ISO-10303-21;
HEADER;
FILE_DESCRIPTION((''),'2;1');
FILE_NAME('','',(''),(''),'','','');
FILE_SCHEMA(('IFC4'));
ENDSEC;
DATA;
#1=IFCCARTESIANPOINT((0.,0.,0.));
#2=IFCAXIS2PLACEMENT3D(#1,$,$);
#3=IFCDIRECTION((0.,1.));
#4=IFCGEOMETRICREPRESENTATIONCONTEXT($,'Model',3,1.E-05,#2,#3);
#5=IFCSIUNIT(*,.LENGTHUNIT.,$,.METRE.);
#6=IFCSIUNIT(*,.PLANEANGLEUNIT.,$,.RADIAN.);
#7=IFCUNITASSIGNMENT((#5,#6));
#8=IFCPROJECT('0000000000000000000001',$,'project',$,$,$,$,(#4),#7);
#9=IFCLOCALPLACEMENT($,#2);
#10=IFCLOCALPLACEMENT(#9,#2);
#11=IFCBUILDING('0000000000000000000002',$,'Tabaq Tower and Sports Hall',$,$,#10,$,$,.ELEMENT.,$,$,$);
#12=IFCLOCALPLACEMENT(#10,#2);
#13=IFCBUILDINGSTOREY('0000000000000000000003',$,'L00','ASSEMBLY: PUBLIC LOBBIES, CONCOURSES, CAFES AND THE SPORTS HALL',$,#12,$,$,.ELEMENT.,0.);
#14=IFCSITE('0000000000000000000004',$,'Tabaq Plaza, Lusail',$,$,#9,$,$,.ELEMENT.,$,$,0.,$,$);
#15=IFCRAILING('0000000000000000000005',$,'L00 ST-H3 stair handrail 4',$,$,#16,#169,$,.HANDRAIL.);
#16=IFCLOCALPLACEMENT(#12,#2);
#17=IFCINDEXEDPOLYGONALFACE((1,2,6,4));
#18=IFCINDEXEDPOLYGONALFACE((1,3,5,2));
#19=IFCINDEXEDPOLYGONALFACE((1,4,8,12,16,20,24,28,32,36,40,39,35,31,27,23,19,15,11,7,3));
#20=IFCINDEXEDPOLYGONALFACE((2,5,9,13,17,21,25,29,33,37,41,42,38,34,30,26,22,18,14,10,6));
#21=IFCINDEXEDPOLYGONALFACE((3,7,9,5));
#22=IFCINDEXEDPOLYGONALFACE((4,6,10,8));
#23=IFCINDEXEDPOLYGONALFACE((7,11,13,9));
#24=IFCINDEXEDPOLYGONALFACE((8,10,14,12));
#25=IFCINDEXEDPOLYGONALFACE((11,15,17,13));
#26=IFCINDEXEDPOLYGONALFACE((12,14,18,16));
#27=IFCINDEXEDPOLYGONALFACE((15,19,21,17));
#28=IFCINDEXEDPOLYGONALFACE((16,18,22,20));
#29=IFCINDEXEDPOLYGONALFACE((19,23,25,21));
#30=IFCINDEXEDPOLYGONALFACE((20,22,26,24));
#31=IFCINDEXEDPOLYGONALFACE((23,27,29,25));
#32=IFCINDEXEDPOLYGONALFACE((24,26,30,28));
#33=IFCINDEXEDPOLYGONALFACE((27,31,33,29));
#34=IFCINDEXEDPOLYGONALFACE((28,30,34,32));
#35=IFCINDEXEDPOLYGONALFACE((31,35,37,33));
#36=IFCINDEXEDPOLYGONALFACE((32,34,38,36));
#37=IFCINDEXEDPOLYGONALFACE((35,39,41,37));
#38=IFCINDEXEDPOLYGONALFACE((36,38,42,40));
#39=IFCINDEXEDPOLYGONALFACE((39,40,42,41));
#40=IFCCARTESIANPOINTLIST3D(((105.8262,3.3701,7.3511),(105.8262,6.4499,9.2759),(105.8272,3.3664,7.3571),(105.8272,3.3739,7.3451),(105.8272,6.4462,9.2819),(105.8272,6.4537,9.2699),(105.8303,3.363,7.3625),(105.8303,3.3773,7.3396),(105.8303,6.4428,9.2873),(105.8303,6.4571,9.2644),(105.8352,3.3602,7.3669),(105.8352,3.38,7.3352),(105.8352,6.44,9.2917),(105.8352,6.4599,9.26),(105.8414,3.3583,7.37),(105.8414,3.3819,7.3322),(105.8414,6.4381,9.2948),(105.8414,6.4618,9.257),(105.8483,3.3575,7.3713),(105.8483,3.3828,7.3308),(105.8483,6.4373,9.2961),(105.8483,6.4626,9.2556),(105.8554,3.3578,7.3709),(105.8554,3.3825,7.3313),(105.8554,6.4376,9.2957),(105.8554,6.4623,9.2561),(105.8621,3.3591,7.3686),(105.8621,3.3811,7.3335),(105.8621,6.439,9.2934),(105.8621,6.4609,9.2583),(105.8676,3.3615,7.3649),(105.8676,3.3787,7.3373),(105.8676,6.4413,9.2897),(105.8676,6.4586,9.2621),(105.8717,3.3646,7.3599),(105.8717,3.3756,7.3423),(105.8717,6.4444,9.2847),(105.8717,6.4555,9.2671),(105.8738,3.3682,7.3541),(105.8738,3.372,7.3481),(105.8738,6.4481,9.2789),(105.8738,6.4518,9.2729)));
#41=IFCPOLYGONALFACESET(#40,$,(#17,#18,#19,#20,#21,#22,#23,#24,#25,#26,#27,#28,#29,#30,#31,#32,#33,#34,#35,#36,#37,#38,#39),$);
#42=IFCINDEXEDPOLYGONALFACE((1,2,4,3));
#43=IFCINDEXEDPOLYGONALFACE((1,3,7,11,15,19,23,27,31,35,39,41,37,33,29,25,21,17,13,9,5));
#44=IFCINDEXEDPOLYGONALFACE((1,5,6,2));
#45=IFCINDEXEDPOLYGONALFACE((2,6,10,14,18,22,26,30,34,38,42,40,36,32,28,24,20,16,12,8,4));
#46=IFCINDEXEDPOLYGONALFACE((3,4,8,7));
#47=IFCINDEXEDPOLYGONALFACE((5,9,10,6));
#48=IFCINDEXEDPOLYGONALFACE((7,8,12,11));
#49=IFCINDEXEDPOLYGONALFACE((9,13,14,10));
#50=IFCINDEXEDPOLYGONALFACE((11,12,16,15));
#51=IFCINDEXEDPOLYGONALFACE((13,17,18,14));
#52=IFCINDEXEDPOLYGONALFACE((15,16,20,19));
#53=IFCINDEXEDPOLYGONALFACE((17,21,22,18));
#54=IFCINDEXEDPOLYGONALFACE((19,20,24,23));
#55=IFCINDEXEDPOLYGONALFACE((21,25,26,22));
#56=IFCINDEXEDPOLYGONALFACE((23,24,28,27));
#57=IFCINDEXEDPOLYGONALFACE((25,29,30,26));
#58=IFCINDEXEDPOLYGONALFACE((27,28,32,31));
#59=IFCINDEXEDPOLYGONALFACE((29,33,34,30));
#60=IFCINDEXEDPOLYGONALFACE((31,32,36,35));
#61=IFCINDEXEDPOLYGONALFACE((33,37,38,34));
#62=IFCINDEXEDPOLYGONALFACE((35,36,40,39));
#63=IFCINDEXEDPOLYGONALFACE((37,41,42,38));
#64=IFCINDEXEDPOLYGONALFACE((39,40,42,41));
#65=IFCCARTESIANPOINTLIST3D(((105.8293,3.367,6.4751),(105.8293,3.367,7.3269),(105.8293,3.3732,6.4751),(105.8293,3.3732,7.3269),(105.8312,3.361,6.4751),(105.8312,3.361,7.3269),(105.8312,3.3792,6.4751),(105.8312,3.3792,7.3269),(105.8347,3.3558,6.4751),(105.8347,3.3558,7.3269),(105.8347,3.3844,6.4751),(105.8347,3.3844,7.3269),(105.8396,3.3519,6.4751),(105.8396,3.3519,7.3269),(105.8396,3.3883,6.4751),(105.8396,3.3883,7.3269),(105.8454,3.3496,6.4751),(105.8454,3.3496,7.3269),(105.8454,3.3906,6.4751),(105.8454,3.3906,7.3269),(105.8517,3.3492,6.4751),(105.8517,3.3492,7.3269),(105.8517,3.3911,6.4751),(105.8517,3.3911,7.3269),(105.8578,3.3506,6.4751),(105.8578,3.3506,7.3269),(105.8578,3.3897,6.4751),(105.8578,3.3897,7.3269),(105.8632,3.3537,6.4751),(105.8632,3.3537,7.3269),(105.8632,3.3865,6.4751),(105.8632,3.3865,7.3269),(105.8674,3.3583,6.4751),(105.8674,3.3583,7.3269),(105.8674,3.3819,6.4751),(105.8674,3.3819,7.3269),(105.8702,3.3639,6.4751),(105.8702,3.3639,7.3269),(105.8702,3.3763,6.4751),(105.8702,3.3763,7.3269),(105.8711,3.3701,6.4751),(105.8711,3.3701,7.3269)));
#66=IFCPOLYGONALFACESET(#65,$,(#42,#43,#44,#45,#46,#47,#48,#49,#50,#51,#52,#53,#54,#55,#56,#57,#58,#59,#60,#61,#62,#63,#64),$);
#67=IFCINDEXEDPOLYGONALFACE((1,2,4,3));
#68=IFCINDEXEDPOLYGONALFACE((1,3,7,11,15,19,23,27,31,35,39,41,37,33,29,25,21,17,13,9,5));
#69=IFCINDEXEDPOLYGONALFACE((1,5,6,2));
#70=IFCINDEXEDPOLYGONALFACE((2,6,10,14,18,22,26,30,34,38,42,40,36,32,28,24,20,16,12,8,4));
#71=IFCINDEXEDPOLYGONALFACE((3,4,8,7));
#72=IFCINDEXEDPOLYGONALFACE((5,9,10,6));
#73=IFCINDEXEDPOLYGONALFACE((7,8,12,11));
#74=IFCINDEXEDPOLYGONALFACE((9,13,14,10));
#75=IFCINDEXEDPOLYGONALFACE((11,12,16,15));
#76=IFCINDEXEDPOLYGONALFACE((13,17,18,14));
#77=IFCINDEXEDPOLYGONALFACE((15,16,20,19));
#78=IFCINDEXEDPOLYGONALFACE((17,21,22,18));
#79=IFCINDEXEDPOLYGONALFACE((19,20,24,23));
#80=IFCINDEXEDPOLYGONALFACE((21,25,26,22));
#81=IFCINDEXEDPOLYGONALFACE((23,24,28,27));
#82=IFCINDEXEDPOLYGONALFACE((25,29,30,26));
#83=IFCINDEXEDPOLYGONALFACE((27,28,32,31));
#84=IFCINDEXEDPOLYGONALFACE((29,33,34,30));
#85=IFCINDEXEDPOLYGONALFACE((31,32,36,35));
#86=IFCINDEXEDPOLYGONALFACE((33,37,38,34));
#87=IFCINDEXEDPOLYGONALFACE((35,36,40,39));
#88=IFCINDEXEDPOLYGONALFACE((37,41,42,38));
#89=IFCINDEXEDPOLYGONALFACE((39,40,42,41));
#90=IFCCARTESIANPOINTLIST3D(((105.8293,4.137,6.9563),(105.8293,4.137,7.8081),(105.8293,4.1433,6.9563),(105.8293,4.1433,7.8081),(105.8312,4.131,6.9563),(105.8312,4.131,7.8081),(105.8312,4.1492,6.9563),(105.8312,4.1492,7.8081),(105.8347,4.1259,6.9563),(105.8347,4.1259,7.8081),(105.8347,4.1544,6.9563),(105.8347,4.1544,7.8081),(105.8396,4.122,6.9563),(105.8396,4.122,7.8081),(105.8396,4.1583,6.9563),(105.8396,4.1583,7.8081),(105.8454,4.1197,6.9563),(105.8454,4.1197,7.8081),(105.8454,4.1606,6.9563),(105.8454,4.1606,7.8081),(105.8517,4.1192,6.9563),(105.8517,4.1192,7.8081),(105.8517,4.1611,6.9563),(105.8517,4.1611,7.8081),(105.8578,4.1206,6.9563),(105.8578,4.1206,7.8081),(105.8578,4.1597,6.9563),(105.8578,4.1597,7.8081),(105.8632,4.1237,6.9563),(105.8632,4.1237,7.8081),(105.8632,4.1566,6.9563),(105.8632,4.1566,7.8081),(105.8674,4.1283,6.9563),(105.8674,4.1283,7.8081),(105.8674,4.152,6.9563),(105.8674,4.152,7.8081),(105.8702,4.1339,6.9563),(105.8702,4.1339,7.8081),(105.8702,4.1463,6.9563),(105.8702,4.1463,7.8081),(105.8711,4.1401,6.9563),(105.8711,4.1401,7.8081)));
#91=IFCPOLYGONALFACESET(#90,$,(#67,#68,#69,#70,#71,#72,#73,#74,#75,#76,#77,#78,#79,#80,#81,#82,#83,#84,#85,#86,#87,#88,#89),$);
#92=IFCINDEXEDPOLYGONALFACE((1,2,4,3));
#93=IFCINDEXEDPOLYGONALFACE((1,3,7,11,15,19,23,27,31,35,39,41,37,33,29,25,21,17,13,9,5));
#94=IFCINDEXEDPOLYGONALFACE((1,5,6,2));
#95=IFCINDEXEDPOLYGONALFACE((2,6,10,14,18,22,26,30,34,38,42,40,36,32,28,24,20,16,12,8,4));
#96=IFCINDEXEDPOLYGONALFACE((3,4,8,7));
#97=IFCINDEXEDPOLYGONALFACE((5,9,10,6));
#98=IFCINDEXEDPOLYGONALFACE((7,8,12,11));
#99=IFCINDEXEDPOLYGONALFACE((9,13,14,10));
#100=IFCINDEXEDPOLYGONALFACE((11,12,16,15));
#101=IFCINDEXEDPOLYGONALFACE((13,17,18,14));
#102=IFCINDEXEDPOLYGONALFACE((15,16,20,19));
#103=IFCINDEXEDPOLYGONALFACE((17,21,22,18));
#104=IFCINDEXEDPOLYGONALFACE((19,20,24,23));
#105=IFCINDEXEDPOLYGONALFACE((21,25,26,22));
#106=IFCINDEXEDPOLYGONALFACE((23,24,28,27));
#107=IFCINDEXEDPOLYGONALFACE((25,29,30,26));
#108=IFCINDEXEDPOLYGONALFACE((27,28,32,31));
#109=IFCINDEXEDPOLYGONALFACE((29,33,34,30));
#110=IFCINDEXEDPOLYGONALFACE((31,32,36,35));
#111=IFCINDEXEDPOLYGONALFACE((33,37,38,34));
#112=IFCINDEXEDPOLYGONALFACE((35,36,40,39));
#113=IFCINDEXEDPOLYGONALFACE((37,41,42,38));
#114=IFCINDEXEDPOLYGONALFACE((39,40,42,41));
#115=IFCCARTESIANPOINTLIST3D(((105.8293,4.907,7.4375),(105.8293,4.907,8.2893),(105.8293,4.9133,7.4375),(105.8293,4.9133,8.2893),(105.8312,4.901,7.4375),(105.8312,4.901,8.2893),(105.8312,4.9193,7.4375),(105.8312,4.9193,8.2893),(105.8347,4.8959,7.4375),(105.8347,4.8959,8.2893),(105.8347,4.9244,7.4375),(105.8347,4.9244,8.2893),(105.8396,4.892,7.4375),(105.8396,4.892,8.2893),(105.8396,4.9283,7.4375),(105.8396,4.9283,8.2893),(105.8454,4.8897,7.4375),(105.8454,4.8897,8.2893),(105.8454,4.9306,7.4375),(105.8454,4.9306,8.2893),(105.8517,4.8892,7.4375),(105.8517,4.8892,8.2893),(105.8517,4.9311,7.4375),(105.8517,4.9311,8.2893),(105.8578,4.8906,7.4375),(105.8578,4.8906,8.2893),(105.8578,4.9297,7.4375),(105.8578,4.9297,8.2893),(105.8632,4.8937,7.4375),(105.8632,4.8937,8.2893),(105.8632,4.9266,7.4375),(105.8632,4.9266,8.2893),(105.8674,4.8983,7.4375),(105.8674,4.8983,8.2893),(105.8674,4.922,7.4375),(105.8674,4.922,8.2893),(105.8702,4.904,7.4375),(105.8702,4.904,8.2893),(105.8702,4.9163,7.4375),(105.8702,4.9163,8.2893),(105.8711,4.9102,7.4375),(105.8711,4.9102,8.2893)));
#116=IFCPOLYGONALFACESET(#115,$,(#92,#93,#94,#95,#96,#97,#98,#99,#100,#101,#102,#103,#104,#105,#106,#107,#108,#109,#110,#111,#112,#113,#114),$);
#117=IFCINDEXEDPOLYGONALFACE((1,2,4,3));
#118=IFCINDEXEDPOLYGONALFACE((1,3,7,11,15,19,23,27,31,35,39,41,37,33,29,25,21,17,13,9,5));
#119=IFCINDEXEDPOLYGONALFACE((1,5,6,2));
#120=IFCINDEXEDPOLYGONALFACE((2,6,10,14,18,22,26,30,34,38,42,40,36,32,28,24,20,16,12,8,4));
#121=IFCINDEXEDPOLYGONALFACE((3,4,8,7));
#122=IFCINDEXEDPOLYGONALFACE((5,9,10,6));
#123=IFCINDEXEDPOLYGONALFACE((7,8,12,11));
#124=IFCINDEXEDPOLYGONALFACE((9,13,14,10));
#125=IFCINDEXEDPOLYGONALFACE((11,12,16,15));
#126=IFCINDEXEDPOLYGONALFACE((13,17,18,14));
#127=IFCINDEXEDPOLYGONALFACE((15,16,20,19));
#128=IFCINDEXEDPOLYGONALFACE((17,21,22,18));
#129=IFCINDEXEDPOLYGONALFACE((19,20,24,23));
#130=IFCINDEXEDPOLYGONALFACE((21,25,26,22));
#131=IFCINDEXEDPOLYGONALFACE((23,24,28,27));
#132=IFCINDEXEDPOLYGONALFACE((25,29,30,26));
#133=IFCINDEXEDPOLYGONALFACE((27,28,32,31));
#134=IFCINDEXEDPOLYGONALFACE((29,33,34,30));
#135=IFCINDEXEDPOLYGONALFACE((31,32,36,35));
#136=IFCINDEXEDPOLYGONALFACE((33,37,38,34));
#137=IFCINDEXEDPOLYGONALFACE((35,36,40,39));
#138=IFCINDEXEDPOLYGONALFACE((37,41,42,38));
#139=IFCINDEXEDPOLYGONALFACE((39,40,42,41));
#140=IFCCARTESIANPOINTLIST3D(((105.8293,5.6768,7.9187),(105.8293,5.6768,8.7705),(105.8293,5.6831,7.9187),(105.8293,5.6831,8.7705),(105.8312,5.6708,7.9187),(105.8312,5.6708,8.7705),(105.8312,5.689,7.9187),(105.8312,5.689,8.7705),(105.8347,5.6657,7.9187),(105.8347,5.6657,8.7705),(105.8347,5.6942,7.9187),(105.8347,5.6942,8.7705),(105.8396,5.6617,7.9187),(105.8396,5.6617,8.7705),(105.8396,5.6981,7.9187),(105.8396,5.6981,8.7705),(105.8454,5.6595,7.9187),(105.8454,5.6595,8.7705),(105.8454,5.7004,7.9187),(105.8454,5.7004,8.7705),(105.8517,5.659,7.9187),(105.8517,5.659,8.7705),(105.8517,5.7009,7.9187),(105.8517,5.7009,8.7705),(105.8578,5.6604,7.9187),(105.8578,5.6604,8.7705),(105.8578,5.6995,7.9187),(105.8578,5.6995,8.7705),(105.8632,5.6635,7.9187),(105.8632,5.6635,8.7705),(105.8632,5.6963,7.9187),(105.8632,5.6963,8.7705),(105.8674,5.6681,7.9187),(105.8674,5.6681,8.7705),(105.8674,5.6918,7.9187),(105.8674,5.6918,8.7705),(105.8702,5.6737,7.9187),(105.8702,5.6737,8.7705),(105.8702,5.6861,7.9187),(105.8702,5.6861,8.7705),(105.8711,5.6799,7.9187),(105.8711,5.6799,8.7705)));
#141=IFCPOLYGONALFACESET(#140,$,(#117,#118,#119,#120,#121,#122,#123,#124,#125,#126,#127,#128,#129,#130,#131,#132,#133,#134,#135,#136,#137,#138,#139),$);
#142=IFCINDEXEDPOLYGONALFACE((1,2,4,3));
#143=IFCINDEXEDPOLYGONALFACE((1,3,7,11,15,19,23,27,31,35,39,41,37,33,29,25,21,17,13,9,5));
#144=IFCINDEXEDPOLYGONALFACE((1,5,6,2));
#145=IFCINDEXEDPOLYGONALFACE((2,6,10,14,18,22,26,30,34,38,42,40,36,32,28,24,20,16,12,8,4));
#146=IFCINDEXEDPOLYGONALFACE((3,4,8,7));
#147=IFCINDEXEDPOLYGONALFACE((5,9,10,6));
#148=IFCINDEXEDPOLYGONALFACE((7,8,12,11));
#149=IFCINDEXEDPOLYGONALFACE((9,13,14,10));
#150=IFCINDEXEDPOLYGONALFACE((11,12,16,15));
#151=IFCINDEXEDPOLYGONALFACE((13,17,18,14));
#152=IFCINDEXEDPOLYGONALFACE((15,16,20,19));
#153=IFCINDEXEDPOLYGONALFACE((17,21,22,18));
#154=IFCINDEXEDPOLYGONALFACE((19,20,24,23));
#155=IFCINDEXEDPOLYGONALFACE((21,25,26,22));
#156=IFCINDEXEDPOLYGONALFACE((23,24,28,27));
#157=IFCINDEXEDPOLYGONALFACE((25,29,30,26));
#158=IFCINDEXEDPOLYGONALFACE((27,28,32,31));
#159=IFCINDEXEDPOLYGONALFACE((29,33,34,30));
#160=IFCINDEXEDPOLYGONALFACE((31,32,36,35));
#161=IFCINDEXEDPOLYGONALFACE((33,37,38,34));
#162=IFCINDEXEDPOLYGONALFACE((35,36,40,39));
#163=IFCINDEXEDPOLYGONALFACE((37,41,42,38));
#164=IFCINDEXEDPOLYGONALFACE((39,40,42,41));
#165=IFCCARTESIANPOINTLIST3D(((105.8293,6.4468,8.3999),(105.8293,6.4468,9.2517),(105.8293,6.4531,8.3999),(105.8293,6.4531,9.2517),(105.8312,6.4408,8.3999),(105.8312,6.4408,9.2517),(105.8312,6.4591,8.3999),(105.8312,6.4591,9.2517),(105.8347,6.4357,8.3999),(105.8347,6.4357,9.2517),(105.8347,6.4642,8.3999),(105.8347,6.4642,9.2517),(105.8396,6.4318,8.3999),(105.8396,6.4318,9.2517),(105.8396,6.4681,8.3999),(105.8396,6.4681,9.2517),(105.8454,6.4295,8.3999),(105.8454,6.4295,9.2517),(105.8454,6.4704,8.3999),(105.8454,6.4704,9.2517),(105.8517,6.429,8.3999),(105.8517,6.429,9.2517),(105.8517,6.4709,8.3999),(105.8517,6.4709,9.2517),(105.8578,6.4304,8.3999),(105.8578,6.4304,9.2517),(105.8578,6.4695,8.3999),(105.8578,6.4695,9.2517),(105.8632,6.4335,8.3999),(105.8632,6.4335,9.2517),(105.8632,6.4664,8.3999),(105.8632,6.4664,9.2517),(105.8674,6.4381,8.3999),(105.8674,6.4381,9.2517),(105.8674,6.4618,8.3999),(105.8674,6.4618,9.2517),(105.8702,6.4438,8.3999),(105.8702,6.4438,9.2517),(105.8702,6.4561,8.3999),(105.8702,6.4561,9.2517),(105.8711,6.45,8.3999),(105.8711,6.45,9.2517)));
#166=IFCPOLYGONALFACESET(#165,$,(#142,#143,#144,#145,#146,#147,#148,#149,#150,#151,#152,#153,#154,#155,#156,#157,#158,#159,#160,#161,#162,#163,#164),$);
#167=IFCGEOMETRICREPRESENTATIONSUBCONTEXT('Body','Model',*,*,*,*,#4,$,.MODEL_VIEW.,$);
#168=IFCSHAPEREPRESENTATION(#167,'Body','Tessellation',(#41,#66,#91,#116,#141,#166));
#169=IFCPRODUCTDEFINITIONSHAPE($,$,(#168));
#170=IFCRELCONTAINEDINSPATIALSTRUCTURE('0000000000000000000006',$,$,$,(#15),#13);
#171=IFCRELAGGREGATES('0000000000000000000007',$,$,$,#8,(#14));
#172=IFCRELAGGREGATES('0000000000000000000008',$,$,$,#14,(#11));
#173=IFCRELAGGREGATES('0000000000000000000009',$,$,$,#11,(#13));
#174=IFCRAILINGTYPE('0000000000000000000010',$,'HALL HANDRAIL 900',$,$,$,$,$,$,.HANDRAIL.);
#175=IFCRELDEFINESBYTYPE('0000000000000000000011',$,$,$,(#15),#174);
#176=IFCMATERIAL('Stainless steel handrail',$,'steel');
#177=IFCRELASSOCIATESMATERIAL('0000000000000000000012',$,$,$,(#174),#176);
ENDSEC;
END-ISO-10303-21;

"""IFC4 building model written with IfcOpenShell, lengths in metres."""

from ifc_helpers import new_model, si_unit, direction, frame, origin, origin_2d, place, context, subcontext, project, spatial, circle, extrude, material, type_object, element, save


model = new_model("IFC4")

# Units and contexts
model_context = context("Model", 3, precision=1e-05, world=origin(), true_north=direction((0.0, 1.0)))
body_context = subcontext(model_context, "Body", "Model", "MODEL_VIEW")
ifc_project = project(units=[si_unit("LENGTHUNIT", "METRE"), si_unit("PLANEANGLEUNIT", "RADIAN")], contexts=[model_context])

# Site, building, storey
site_placement = place(None, origin())
site = spatial("IfcSite", under=ifc_project, at=site_placement, Name="Tabaq Plaza, Lusail", CompositionType="ELEMENT", RefElevation=0.0)
building_placement = place(site_placement, origin())
building = spatial("IfcBuilding", under=site, at=building_placement, Name="Tabaq Tower and Sports Hall", CompositionType="ELEMENT")
storey_placement = place(building_placement, origin())
storey = spatial("IfcBuildingStorey", under=building, at=storey_placement, Name="L00", Description="ASSEMBLY: PUBLIC LOBBIES, CONCOURSES, CAFES AND THE SPORTS HALL", CompositionType="ELEMENT", Elevation=0.0)

# Railing
ifc_material_1 = material(Name="Stainless steel handrail", Category="steel")
railing_type_1 = type_object("IfcRailingType", Name="HALL HANDRAIL 900", PredefinedType="HANDRAIL", material=ifc_material_1)
railing_1_placement = place(storey_placement, frame((105.8501, 3.3701, 6.4751)))
element("IfcRailing", 1, at=railing_1_placement, inside=storey, type_object=railing_type_1, Name="L00 ST-H3 stair handrail 4", PredefinedType="HANDRAIL", context=body_context, shape_type="SweptSolid", body=[
    extrude(circle(Radius=0.0239, at=origin_2d()), frame((0.0, 0.0, 0.876), z_axis=(0.0, 0.84801, 0.529981), x_axis=(-1.0, 0.0, 0.0)), (0.0, 0.0, 1.0), 3.6318),
    extrude(circle(Radius=0.021, at=origin_2d()), origin(), (0.0, 0.0, 1.0), 0.8518),
    extrude(circle(Radius=0.021, at=origin_2d()), frame((0.0, 0.77, 0.4812)), (0.0, 0.0, 1.0), 0.8518),
    extrude(circle(Radius=0.021, at=origin_2d()), frame((0.0, 1.54, 0.9624)), (0.0, 0.0, 1.0), 0.8518),
    extrude(circle(Radius=0.021, at=origin_2d()), frame((0.0, 2.3098, 1.4436)), (0.0, 0.0, 1.0), 0.8518),
    extrude(circle(Radius=0.021, at=origin_2d()), frame((0.0, 3.0798, 1.9248)), (0.0, 0.0, 1.0), 0.8518),
])

save(model, "model.ifc")
